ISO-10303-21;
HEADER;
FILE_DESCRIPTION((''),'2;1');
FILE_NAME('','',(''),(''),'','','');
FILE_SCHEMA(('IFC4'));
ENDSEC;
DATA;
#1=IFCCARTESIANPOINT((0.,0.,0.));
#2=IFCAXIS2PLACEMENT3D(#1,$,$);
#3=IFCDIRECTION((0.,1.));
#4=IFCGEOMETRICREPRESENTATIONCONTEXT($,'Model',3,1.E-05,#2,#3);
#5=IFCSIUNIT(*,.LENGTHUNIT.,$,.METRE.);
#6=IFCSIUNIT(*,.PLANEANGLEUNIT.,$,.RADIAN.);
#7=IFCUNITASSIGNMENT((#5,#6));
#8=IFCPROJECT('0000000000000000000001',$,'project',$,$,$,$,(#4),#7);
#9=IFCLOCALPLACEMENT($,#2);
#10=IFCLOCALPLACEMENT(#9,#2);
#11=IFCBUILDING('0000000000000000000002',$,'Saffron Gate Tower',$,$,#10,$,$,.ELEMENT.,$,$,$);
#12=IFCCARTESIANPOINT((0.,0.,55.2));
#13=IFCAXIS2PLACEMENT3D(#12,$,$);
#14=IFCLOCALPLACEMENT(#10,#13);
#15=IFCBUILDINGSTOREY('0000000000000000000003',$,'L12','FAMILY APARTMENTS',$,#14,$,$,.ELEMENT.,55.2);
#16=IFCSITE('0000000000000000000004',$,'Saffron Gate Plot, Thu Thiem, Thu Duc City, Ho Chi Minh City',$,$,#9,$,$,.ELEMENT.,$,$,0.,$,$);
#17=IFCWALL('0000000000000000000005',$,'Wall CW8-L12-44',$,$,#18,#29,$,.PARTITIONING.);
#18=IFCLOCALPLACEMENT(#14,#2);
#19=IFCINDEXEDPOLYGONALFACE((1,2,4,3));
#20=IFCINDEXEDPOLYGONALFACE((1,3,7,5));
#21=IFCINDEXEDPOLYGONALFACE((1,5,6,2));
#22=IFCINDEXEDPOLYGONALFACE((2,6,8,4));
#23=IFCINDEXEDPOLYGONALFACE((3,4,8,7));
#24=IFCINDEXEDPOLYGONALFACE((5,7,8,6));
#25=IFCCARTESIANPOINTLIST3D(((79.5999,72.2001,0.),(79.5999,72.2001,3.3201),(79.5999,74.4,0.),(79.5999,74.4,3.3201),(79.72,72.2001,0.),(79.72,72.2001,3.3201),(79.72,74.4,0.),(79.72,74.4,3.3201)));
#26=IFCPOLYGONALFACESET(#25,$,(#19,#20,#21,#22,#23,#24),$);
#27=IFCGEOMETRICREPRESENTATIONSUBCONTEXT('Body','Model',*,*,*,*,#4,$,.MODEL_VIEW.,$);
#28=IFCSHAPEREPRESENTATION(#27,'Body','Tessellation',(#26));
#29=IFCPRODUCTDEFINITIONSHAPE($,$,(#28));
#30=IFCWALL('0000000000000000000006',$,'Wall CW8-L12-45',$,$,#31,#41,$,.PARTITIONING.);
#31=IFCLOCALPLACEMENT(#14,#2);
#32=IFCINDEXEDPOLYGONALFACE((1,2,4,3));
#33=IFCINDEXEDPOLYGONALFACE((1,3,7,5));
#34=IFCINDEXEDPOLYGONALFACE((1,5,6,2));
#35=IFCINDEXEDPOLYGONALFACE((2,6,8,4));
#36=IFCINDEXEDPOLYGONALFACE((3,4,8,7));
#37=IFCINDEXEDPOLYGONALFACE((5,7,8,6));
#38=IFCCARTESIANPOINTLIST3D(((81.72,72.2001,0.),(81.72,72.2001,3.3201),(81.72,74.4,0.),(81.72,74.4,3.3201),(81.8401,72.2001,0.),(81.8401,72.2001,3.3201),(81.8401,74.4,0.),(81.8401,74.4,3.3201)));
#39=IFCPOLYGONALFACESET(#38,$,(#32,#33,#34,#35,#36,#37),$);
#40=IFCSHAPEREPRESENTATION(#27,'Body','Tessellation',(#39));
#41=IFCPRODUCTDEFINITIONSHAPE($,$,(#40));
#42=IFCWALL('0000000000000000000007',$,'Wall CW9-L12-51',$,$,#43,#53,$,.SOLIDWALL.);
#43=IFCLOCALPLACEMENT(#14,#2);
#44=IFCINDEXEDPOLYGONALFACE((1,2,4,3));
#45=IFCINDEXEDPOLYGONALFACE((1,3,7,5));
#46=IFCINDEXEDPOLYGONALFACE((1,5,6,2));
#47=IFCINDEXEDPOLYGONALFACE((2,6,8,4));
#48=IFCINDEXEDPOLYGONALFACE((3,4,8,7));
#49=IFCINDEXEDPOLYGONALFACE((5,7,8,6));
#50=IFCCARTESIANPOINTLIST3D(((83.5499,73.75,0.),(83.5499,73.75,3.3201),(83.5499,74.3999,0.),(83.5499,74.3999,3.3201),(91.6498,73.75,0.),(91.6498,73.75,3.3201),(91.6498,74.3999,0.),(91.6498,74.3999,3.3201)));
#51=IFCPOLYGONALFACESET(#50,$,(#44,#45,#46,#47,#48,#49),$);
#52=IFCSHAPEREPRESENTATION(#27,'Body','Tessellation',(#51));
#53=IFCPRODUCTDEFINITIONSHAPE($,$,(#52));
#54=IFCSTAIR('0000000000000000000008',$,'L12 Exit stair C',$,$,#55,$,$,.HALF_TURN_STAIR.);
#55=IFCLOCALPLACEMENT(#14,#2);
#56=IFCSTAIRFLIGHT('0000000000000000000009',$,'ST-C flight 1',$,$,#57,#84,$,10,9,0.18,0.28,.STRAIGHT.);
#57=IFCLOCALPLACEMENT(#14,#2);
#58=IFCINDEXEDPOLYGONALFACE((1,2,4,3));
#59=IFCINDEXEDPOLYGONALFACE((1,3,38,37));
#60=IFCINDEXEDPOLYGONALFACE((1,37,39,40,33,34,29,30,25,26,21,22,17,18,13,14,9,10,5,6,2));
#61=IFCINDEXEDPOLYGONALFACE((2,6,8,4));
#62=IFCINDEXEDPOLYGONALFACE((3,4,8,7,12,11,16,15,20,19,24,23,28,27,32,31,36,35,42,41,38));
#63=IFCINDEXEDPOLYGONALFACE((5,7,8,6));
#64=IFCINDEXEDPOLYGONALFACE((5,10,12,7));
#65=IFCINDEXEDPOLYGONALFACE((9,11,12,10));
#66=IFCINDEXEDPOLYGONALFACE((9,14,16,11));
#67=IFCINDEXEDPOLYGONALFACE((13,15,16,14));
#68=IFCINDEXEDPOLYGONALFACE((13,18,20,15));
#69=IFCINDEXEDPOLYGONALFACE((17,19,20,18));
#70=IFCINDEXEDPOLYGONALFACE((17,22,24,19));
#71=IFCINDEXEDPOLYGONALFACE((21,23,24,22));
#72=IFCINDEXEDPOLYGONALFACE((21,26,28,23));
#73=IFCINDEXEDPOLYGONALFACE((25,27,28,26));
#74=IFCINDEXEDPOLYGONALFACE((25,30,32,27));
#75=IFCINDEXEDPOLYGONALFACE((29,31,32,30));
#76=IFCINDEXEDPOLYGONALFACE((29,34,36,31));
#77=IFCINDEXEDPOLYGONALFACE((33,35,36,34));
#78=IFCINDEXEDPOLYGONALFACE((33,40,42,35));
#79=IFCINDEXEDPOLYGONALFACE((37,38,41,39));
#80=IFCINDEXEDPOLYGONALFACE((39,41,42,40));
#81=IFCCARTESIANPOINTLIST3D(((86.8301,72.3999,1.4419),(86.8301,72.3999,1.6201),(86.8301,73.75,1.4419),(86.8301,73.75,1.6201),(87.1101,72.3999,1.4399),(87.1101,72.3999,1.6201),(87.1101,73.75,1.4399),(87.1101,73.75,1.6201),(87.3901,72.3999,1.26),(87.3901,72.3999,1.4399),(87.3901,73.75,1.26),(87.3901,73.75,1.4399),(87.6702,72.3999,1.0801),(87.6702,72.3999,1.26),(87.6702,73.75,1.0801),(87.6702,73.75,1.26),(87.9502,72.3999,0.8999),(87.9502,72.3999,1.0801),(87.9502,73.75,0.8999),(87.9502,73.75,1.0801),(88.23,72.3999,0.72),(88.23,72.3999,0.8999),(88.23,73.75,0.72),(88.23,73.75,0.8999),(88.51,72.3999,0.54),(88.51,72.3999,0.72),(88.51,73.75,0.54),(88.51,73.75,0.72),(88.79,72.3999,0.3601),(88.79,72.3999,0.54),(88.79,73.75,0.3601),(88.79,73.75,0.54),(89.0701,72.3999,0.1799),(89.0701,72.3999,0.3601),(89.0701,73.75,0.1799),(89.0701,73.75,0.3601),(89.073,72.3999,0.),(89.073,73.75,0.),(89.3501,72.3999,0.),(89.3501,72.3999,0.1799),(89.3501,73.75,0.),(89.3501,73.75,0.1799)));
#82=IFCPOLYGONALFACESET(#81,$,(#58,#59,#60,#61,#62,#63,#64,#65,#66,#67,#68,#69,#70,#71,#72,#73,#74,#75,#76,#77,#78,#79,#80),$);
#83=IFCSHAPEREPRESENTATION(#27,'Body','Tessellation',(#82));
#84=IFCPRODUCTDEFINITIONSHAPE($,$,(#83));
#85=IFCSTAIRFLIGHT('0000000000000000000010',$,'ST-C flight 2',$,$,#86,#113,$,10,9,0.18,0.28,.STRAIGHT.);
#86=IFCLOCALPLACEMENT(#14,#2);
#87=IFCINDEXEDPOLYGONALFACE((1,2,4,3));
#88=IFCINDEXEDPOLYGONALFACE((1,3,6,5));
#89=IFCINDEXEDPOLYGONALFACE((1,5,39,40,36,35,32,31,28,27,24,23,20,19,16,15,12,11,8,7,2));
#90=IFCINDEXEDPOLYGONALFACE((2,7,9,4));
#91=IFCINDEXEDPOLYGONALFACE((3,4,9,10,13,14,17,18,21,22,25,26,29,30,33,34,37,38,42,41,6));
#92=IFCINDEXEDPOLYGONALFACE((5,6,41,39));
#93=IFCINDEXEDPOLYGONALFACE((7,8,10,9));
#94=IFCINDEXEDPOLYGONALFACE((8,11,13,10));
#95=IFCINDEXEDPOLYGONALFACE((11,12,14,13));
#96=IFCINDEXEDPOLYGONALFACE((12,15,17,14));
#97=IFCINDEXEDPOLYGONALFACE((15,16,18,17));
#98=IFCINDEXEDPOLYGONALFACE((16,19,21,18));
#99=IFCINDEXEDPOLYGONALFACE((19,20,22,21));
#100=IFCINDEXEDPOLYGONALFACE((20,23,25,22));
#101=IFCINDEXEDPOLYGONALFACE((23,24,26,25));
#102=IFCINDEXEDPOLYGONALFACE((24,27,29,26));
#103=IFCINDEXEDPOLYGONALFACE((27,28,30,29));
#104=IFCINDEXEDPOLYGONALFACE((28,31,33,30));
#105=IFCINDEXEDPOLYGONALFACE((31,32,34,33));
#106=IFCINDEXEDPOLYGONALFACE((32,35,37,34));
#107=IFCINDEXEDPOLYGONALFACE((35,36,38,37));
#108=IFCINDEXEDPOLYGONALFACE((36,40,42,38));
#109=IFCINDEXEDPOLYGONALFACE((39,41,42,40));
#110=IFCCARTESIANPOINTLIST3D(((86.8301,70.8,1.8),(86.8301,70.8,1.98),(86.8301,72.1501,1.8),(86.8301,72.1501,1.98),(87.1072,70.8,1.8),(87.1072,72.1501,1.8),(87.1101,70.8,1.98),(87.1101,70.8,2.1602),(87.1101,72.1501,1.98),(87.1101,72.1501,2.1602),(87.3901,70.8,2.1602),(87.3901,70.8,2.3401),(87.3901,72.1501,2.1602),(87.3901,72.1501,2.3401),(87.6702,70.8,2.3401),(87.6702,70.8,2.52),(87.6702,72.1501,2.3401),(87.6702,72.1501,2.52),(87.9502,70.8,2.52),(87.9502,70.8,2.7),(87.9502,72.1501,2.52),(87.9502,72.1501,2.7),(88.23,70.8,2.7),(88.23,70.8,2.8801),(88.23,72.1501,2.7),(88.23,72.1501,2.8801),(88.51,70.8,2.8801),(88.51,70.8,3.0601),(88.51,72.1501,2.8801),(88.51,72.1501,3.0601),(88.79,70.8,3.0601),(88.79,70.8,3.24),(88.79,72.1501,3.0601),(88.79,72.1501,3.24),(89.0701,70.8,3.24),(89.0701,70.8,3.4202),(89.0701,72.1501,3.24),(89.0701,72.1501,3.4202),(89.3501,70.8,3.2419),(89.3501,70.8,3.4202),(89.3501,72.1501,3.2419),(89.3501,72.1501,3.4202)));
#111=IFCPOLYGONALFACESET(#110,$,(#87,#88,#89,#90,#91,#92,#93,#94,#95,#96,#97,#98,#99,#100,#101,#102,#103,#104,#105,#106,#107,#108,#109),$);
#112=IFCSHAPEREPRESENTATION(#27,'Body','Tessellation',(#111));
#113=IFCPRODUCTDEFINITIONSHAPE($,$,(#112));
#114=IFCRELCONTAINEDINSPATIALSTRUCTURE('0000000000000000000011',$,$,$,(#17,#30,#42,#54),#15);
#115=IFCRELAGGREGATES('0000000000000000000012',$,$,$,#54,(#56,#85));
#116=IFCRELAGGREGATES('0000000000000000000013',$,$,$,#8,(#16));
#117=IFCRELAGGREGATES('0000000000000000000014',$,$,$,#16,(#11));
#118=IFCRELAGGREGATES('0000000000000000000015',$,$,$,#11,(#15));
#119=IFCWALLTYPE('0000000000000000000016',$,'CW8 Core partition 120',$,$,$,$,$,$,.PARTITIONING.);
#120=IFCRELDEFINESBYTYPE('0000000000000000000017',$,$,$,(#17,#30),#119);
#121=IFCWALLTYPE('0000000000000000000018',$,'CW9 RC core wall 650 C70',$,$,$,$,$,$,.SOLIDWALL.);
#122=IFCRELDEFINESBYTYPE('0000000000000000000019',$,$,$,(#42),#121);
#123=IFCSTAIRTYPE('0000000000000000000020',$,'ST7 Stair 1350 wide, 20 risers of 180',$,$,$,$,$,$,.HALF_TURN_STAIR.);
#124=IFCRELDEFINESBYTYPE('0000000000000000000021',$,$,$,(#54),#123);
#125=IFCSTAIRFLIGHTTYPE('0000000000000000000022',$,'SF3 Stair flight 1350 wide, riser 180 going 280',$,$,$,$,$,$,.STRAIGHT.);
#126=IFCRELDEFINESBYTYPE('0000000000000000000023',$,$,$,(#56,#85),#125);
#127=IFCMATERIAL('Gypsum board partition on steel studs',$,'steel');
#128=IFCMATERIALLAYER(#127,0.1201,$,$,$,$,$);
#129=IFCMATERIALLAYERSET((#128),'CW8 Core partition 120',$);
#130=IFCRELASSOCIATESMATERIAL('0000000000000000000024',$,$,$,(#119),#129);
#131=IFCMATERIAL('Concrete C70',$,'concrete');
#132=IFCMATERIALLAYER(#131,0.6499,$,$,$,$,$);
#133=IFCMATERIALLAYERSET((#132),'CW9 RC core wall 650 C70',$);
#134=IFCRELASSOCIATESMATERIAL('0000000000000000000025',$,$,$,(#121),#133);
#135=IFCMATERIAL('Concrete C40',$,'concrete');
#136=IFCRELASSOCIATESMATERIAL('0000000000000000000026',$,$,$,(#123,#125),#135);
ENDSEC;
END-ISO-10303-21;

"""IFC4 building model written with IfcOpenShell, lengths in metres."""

from ifc_helpers import new_model, si_unit, direction, frame, frame_2d, origin, place, context, subcontext, project, spatial, polyline, rectangle, outline, extrude, material, layer, layer_set, type_object, element, aggregate, save


model = new_model("IFC4")

# Units and contexts
model_context = context("Model", 3, precision=1e-05, world=origin(), true_north=direction((0.0, 1.0)))
body_context = subcontext(model_context, "Body", "Model", "MODEL_VIEW")
ifc_project = project(units=[si_unit("LENGTHUNIT", "METRE"), si_unit("PLANEANGLEUNIT", "RADIAN")], contexts=[model_context])

# Site, building, storey
site_placement = place(None, origin())
site = spatial("IfcSite", under=ifc_project, at=site_placement, Name="Saffron Gate Plot, Thu Thiem, Thu Duc City, Ho Chi Minh City", CompositionType="ELEMENT", RefElevation=0.0)
building_placement = place(site_placement, origin())
building = spatial("IfcBuilding", under=site, at=building_placement, Name="Saffron Gate Tower", CompositionType="ELEMENT")
storey_placement = place(building_placement, frame((0.0, 0.0, 55.2)))
storey = spatial("IfcBuildingStorey", under=building, at=storey_placement, Name="L12", Description="FAMILY APARTMENTS", CompositionType="ELEMENT", Elevation=55.2)

# Shared definitions
ifc_material_1 = material(Name="Gypsum board partition on steel studs", Category="steel")
ifc_material_2 = material(Name="Concrete C70", Category="concrete")

# Walls
ifc_layer_1 = layer(ifc_material_1, 0.1201)
ifc_layer_set_1 = layer_set([ifc_layer_1], Name="CW8 Core partition 120")
wall_type_1 = type_object("IfcWallType", Name="CW8 Core partition 120", PredefinedType="PARTITIONING", material=ifc_layer_set_1)
for number, where, z_axis, x_axis, name in (
    (1, (79.6599, 72.2, 0.0), (0.0, 0.0, 1.0), (0.0, 1.0, 0.0), "Wall CW8-L12-44"),
    (2, (81.78, 72.2, 0.0), (0.0, 0.0, 1.0), (0.0, 1.0, 0.0), "Wall CW8-L12-45"),
):
    element("IfcWall", number, at=place(storey_placement, frame(where, z_axis=z_axis, x_axis=x_axis)), inside=storey, type_object=wall_type_1, Name=name, PredefinedType="PARTITIONING", context=body_context, shape_type="SweptSolid", body=[
        extrude(rectangle(XDim=2.2, YDim=0.1201, at=frame_2d((1.1001, 0.0))), origin(), (0.0, 0.0, 1.0), 3.3201),
    ])
ifc_layer_2 = layer(ifc_material_2, 0.6499)
ifc_layer_set_2 = layer_set([ifc_layer_2], Name="CW9 RC core wall 650 C70")
wall_type_2 = type_object("IfcWallType", Name="CW9 RC core wall 650 C70", PredefinedType="SOLIDWALL", material=ifc_layer_set_2)
wall_1_placement = place(storey_placement, frame((83.55, 74.075, 0.0), z_axis=(0.0, 0.0, 1.0), x_axis=(1.0, 0.0, 0.0)))
element("IfcWall", 3, at=wall_1_placement, inside=storey, type_object=wall_type_2, Name="Wall CW9-L12-51", PredefinedType="SOLIDWALL", context=body_context, shape_type="SweptSolid", body=[
    extrude(rectangle(XDim=8.0999, YDim=0.6499, at=frame_2d((4.0498, 0.0))), origin(), (0.0, 0.0, 1.0), 3.3201),
])

# Stair, stair flights
ifc_material_3 = material(Name="Concrete C40", Category="concrete")
stair_type = type_object("IfcStairType", Name="ST7 Stair 1350 wide, 20 risers of 180", PredefinedType="HALF_TURN_STAIR", material=ifc_material_3)
stair_placement = place(storey_placement, origin())
stair = element("IfcStair", 4, at=stair_placement, inside=storey, type_object=stair_type, Name="L12 Exit stair C", PredefinedType="HALF_TURN_STAIR")
stair_flight_type = type_object("IfcStairFlightType", Name="SF3 Stair flight 1350 wide, riser 180 going 280", PredefinedType="STRAIGHT", material=ifc_material_3)
stair_flight_1_placement = place(storey_placement, frame((89.3501, 73.075, 0.0), z_axis=(0.0, 0.0, 1.0), x_axis=(-1.0, 0.0, 0.0)))
stair_flight_1 = element("IfcStairFlight", 5, at=stair_flight_1_placement, type_object=stair_flight_type, Name="ST-C flight 1", NumberOfRisers=10, NumberOfTreads=9, PredefinedType="STRAIGHT", RiserHeight=0.18, TreadLength=0.28, context=body_context, shape_type="SweptSolid", body=[
    extrude(outline(polyline([(0.0, 0.0), (0.0, 0.1799), (0.28, 0.1799), (0.28, 0.3601), (0.5601, 0.3601), (0.5601, 0.54), (0.8401, 0.54), (0.8401, 0.72), (1.1201, 0.72), (1.1201, 0.8999), (1.3999, 0.8999), (1.3999, 1.0801), (1.6799, 1.0801), (1.6799, 1.26), (1.96, 1.26), (1.96, 1.4399), (2.24, 1.4399), (2.24, 1.6201), (2.52, 1.6201), (2.52, 1.8), (2.52, 1.4419), (0.2771, 0.0), (0.0, 0.0)])), frame((0.0, 0.675, 0.0), z_axis=(0.0, -1.0, 0.0), x_axis=(1.0, 0.0, 0.0)), (0.0, 0.0, 1.0), 1.3501),
])
stair_flight_2_placement = place(storey_placement, frame((86.8301, 71.4751, 1.8), z_axis=(0.0, 0.0, 1.0), x_axis=(1.0, 0.0, 0.0)))
stair_flight_2 = element("IfcStairFlight", 6, at=stair_flight_2_placement, type_object=stair_flight_type, Name="ST-C flight 2", NumberOfRisers=10, NumberOfTreads=9, PredefinedType="STRAIGHT", RiserHeight=0.18, TreadLength=0.28, context=body_context, shape_type="SweptSolid", body=[
    extrude(outline(polyline([(0.0, 0.0), (0.0, 0.1799), (0.28, 0.1799), (0.28, 0.3601), (0.5601, 0.3601), (0.5601, 0.54), (0.8401, 0.54), (0.8401, 0.72), (1.1201, 0.72), (1.1201, 0.8999), (1.3999, 0.8999), (1.3999, 1.0801), (1.6799, 1.0801), (1.6799, 1.26), (1.96, 1.26), (1.96, 1.4399), (2.24, 1.4399), (2.24, 1.6201), (2.52, 1.6201), (2.52, 1.8), (2.52, 1.4419), (0.2771, 0.0), (0.0, 0.0)])), frame((0.0, 0.675, 0.0), z_axis=(0.0, -1.0, 0.0), x_axis=(1.0, 0.0, 0.0)), (0.0, 0.0, 1.0), 1.3501),
])
aggregate(stair, [stair_flight_1, stair_flight_2])

save(model, "model.ifc")
